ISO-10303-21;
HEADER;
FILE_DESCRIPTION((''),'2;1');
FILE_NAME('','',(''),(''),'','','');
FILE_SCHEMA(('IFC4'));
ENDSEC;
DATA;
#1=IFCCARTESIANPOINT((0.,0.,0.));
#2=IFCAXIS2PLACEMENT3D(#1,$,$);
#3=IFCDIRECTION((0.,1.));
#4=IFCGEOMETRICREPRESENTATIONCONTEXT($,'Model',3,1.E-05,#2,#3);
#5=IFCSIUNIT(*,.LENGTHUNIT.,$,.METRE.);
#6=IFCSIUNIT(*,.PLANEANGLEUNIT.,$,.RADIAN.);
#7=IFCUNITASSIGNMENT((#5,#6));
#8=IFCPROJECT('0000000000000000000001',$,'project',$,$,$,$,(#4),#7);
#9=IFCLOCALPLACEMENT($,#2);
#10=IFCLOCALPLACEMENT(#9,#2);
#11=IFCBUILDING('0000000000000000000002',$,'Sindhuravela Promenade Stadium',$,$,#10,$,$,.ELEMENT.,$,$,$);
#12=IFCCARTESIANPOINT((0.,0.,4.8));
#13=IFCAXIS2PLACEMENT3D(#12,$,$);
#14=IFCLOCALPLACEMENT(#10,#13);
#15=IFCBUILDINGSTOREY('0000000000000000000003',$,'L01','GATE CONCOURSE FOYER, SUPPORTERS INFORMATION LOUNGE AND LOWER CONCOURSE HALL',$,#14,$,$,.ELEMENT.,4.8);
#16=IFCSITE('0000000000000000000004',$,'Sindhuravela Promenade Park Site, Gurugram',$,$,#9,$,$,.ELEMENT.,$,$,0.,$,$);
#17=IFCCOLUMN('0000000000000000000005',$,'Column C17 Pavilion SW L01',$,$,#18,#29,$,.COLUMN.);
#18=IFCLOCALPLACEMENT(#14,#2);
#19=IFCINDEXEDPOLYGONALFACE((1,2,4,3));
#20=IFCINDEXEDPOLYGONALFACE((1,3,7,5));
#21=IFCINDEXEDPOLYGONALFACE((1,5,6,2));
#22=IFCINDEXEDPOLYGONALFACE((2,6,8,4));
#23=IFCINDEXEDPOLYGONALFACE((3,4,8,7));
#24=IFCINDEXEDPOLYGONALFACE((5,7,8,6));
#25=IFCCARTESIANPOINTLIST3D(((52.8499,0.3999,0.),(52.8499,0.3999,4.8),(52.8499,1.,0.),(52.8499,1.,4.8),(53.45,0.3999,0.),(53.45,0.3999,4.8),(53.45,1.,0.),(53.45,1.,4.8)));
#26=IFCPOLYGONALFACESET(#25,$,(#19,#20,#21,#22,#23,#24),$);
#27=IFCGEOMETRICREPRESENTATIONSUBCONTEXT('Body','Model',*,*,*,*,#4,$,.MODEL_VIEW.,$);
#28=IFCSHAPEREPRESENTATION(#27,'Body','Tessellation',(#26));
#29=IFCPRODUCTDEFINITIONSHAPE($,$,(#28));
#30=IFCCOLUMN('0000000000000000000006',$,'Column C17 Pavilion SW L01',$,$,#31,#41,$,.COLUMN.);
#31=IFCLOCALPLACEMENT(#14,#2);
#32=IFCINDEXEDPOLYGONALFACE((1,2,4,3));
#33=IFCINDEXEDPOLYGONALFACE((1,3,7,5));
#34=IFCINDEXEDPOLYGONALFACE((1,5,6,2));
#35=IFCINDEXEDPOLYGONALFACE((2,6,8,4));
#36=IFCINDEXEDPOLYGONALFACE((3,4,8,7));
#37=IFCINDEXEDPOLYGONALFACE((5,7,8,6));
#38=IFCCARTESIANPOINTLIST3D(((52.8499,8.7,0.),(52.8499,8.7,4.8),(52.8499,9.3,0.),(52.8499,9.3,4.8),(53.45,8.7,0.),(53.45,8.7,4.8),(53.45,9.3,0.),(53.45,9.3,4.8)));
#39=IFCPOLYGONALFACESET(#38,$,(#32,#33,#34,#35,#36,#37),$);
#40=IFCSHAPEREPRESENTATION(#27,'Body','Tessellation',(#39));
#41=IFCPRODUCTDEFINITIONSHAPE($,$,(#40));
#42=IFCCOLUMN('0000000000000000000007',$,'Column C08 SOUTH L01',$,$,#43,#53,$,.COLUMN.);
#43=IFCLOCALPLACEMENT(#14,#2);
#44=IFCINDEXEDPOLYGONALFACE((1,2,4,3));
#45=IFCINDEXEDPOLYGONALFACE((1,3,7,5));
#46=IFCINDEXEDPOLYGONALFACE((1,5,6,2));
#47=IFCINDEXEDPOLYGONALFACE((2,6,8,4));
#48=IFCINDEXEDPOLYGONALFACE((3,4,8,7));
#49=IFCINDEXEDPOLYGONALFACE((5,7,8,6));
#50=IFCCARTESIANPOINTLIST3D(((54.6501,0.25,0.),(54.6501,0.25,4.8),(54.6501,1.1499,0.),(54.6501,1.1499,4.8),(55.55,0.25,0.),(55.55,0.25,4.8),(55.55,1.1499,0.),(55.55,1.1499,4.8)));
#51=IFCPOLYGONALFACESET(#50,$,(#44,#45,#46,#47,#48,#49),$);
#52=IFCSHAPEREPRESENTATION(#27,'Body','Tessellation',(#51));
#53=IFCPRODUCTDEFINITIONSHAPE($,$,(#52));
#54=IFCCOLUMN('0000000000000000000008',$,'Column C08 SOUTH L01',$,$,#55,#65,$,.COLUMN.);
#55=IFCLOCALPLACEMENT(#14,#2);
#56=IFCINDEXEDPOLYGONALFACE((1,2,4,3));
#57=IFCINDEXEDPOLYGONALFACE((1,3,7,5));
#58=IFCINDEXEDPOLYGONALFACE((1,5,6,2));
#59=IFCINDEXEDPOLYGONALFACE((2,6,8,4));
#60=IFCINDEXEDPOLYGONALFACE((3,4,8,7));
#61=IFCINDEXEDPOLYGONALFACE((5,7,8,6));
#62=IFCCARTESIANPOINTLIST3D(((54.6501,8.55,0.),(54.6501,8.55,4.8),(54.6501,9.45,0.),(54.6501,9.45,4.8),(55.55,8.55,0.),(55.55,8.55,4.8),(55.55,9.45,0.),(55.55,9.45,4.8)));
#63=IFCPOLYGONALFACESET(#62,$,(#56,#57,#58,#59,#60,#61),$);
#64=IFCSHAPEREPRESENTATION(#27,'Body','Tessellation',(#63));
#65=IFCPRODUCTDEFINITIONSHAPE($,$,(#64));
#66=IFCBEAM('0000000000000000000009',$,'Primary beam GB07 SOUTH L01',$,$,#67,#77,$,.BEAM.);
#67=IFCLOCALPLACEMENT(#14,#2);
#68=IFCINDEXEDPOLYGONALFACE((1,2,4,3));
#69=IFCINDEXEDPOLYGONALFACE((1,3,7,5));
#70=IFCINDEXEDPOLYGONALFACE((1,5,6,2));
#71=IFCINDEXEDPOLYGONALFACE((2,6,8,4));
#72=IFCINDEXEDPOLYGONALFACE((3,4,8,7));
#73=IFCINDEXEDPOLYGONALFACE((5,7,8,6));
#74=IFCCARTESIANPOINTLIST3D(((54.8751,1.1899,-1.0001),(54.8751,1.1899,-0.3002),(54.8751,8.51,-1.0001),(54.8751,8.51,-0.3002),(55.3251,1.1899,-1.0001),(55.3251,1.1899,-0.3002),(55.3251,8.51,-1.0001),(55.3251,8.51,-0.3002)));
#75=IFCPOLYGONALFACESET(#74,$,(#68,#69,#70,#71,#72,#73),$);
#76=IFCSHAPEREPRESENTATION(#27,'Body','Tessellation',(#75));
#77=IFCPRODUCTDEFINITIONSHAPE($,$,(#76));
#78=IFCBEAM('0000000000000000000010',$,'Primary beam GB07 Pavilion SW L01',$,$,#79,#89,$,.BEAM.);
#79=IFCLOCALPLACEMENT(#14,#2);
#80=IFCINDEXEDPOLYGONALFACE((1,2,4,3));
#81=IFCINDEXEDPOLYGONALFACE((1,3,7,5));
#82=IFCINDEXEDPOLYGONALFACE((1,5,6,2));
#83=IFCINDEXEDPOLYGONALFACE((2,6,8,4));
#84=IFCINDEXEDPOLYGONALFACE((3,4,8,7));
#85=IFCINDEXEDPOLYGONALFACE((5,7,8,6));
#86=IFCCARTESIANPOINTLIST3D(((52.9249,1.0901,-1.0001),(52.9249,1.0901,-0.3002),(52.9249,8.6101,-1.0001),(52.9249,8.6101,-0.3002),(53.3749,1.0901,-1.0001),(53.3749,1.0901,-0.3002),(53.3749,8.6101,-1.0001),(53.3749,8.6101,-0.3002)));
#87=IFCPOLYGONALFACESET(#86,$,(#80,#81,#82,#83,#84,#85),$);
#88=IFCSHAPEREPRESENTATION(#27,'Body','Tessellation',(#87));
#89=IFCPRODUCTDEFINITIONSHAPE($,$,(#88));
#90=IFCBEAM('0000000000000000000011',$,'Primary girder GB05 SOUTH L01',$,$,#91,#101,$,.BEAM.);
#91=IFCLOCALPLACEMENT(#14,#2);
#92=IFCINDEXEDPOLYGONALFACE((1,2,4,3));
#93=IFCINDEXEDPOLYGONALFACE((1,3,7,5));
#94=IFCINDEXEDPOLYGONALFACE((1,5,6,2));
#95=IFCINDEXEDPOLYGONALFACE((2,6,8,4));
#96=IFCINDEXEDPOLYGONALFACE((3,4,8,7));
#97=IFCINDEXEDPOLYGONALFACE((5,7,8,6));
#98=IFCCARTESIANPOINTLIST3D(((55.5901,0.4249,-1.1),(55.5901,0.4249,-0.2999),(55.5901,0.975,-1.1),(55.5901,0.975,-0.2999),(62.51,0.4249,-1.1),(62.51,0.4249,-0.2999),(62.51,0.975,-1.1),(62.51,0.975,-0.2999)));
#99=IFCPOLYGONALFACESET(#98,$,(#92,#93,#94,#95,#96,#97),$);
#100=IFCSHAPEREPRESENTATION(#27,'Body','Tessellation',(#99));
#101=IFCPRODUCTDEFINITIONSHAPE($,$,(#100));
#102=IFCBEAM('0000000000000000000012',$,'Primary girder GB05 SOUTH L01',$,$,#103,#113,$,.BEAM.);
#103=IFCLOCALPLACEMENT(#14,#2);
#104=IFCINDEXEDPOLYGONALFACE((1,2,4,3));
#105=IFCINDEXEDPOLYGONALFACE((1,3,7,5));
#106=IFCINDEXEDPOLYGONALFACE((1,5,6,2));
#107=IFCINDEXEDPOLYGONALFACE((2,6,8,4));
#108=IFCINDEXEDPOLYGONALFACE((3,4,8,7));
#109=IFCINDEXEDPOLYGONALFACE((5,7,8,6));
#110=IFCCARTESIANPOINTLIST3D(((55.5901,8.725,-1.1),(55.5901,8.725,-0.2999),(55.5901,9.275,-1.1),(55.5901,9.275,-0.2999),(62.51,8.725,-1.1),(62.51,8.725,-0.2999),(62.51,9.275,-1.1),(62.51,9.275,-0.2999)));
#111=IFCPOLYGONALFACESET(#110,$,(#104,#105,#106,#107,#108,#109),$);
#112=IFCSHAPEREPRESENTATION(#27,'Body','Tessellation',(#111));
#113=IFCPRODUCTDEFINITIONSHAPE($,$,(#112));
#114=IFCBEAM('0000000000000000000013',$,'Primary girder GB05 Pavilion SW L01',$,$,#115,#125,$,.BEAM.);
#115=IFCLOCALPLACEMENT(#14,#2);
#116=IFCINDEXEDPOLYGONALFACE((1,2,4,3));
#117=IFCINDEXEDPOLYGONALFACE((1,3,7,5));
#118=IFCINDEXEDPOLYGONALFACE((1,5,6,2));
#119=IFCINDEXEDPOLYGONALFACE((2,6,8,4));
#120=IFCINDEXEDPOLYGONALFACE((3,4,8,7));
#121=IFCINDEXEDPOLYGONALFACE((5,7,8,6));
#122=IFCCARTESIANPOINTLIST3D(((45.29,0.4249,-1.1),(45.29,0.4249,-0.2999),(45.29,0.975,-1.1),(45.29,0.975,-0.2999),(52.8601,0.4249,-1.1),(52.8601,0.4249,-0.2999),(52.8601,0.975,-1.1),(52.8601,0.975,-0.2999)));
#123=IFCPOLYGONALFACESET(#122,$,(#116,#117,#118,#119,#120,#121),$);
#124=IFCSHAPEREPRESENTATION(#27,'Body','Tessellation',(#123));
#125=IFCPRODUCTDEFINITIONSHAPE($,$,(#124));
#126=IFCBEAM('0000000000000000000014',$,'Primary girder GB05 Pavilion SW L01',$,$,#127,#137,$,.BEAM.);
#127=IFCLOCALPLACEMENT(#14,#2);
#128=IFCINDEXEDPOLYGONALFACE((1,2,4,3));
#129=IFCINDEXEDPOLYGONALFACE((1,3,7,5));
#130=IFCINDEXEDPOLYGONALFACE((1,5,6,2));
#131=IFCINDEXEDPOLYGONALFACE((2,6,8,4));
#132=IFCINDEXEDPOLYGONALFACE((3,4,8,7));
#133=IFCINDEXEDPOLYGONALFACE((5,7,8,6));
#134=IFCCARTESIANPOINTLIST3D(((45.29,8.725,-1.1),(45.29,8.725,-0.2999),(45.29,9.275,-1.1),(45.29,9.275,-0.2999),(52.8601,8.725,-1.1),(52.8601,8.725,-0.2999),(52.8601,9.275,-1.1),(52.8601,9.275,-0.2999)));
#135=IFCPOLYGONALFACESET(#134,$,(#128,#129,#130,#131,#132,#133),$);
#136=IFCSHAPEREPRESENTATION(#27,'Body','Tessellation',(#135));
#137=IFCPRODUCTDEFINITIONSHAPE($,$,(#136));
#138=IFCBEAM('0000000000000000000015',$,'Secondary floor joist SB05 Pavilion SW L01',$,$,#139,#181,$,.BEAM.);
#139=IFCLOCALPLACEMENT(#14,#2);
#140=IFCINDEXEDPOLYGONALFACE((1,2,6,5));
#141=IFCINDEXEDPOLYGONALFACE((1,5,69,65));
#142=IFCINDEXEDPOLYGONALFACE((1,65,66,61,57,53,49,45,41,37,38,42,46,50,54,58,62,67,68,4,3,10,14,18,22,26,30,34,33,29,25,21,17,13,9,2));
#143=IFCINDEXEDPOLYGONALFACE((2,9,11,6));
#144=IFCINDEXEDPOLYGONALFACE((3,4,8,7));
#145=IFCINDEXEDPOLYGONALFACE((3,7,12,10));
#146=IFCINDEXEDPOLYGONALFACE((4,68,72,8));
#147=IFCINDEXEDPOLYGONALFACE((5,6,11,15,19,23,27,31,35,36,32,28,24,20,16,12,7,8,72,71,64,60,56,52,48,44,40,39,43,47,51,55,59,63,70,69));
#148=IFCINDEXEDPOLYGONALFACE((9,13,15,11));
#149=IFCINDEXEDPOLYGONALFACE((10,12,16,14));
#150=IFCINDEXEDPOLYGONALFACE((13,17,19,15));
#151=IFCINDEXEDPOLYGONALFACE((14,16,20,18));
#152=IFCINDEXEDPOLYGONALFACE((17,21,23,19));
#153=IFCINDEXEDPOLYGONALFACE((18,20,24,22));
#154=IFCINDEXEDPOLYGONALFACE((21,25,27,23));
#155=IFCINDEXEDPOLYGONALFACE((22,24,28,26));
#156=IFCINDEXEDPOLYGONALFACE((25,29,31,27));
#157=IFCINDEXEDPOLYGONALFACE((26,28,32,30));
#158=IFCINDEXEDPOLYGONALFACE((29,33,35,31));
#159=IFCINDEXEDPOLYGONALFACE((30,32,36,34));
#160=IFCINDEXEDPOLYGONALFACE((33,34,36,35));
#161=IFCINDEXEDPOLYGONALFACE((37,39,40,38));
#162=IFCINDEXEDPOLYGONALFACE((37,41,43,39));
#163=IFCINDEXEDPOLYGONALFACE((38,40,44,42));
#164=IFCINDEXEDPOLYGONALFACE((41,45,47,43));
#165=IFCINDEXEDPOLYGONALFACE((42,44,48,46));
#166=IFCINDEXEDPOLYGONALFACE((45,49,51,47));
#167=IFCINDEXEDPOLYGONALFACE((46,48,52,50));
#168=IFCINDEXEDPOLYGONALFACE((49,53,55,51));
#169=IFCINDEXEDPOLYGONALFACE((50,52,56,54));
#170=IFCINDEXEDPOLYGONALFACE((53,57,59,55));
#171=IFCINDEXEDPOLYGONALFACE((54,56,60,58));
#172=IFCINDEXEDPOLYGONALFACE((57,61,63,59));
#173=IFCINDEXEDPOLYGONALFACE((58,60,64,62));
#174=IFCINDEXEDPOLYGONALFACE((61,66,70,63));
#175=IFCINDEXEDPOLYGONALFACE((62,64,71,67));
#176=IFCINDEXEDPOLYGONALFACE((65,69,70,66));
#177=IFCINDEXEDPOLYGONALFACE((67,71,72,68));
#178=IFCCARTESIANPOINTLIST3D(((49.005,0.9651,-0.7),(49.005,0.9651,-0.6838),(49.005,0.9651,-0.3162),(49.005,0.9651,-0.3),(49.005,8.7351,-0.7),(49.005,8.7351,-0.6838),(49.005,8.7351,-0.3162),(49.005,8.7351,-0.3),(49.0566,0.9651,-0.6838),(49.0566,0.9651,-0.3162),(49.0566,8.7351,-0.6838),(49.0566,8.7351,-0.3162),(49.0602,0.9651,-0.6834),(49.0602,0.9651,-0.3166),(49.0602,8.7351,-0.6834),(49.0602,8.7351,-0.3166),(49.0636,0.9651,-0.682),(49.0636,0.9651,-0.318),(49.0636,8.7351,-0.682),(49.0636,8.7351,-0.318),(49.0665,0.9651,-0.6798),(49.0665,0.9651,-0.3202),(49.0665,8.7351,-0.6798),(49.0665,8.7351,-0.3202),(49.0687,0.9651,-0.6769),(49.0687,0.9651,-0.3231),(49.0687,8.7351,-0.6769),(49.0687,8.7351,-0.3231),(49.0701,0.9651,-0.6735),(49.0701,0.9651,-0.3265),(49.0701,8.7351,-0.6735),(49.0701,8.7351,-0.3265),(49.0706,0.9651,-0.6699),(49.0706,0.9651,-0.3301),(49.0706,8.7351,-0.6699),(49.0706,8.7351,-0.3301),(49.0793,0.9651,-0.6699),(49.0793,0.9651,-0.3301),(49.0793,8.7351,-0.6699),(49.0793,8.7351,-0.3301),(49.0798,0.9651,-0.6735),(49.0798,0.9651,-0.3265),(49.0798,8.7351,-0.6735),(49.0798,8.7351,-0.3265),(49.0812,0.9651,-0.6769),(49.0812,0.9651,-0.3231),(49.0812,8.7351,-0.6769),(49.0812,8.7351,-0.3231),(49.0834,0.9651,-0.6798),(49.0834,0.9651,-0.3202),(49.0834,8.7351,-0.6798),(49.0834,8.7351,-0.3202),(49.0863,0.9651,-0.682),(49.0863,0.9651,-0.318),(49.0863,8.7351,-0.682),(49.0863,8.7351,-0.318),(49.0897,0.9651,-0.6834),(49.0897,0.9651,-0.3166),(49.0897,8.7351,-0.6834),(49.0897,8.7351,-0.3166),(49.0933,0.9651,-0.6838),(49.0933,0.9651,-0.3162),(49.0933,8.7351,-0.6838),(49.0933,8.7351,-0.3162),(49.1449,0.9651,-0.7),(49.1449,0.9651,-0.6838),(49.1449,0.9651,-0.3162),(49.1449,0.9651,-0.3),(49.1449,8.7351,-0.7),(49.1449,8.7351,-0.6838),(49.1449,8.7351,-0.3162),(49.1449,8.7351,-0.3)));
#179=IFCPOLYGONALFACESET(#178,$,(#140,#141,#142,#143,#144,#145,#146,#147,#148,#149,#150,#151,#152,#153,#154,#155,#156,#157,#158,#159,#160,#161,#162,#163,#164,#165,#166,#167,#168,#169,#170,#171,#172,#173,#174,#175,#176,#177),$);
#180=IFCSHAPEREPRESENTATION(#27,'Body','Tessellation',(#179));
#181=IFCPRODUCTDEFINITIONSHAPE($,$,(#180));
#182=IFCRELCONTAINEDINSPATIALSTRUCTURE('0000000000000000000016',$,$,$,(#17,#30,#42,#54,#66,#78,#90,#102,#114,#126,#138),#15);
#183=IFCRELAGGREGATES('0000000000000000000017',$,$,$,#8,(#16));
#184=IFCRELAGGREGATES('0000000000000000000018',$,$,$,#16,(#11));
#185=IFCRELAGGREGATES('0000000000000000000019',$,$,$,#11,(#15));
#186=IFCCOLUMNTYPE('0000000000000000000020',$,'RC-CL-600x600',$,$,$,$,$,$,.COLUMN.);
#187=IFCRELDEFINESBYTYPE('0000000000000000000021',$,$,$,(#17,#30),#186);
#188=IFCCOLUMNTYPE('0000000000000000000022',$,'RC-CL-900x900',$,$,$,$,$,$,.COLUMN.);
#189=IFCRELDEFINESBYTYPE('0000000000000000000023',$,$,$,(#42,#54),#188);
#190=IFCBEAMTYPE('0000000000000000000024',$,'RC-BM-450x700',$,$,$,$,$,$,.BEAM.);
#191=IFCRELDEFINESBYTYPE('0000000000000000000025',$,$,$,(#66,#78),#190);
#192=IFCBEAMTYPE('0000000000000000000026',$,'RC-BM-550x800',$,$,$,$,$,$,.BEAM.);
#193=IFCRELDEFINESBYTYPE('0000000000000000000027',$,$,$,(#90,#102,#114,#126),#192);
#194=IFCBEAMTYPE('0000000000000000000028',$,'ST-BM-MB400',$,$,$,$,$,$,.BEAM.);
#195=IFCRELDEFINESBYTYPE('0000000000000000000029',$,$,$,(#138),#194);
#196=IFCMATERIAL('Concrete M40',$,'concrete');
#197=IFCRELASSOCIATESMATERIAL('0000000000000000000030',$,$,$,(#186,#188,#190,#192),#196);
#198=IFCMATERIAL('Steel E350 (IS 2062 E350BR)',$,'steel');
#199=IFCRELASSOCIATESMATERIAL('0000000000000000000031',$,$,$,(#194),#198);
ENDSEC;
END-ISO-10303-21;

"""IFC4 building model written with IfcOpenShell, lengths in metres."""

from ifc_helpers import new_model, si_unit, direction, frame, origin, origin_2d, place, context, subcontext, project, spatial, rectangle, i_section, extrude, material, material_profile, profile_set, type_object, element, save


model = new_model("IFC4")

# Units and contexts
model_context = context("Model", 3, precision=1e-05, world=origin(), true_north=direction((0.0, 1.0)))
body_context = subcontext(model_context, "Body", "Model", "MODEL_VIEW")
ifc_project = project(units=[si_unit("LENGTHUNIT", "METRE"), si_unit("PLANEANGLEUNIT", "RADIAN")], contexts=[model_context])

# Site, building, storey
site_placement = place(None, origin())
site = spatial("IfcSite", under=ifc_project, at=site_placement, Name="Sindhuravela Promenade Park Site, Gurugram", CompositionType="ELEMENT", RefElevation=0.0)
building_placement = place(site_placement, origin())
building = spatial("IfcBuilding", under=site, at=building_placement, Name="Sindhuravela Promenade Stadium", CompositionType="ELEMENT")
storey_placement = place(building_placement, frame((0.0, 0.0, 4.8)))
storey = spatial("IfcBuildingStorey", under=building, at=storey_placement, Name="L01", Description="GATE CONCOURSE FOYER, SUPPORTERS INFORMATION LOUNGE AND LOWER CONCOURSE HALL", CompositionType="ELEMENT", Elevation=4.8)

# Columns
ifc_material_1 = material(Name="Concrete M40", Category="concrete")
ifc_material_profile_1 = material_profile(ifc_material_1, rectangle(XDim=0.6001, YDim=0.6001, at=origin_2d()), Name="RC 600x600")
ifc_profile_set_1 = profile_set([ifc_material_profile_1], Name="Concrete M40")
column_type_1 = type_object("IfcColumnType", Name="RC-CL-600x600", PredefinedType="COLUMN", material=ifc_profile_set_1)
for number, where, z_axis, x_axis, name in (
    (1, (53.1499, 0.7, 0.0), (0.0, 0.0, 1.0), (1.0, 0.0, 0.0), "Column C17 Pavilion SW L01"),
    (2, (53.1499, 9.0, 0.0), (0.0, 0.0, 1.0), (1.0, 0.0, 0.0), "Column C17 Pavilion SW L01"),
):
    element("IfcColumn", number, at=place(storey_placement, frame(where, z_axis=z_axis, x_axis=x_axis)), inside=storey, type_object=column_type_1, Name=name, PredefinedType="COLUMN", context=body_context, shape_type="SweptSolid", body=[
        extrude(rectangle(XDim=0.6001, YDim=0.6001, at=origin_2d()), origin(), (0.0, 0.0, 1.0), 4.8),
    ])
ifc_material_profile_2 = material_profile(ifc_material_1, rectangle(XDim=0.8999, YDim=0.8999, at=origin_2d()), Name="RC 900x900")
ifc_profile_set_2 = profile_set([ifc_material_profile_2], Name="Concrete M40")
column_type_2 = type_object("IfcColumnType", Name="RC-CL-900x900", PredefinedType="COLUMN", material=ifc_profile_set_2)
for number, where, z_axis, x_axis, name in (
    (3, (55.1001, 0.7, 0.0), (0.0, 0.0, 1.0), (1.0, 0.0, 0.0), "Column C08 SOUTH L01"),
    (4, (55.1001, 9.0, 0.0), (0.0, 0.0, 1.0), (1.0, 0.0, 0.0), "Column C08 SOUTH L01"),
):
    element("IfcColumn", number, at=place(storey_placement, frame(where, z_axis=z_axis, x_axis=x_axis)), inside=storey, type_object=column_type_2, Name=name, PredefinedType="COLUMN", context=body_context, shape_type="SweptSolid", body=[
        extrude(rectangle(XDim=0.8999, YDim=0.8999, at=origin_2d()), origin(), (0.0, 0.0, 1.0), 4.8),
    ])

# Beams
ifc_material_profile_3 = material_profile(ifc_material_1, rectangle(XDim=0.45, YDim=0.7, at=origin_2d()), Name="RC 450x700")
ifc_profile_set_3 = profile_set([ifc_material_profile_3], Name="Concrete M40")
beam_type_1 = type_object("IfcBeamType", Name="RC-BM-450x700", PredefinedType="BEAM", material=ifc_profile_set_3)
beam_1_placement = place(storey_placement, frame((55.1001, 1.1899, -0.6501), z_axis=(0.0, 1.0, 0.0), x_axis=(-1.0, 0.0, 0.0)))
element("IfcBeam", 5, at=beam_1_placement, inside=storey, type_object=beam_type_1, Name="Primary beam GB07 SOUTH L01", PredefinedType="BEAM", context=body_context, shape_type="SweptSolid", body=[
    extrude(rectangle(XDim=0.45, YDim=0.7, at=origin_2d()), origin(), (0.0, 0.0, 1.0), 7.3201),
])
beam_2_placement = place(storey_placement, frame((53.1499, 1.0901, -0.6501), z_axis=(0.0, 1.0, 0.0), x_axis=(-1.0, 0.0, 0.0)))
element("IfcBeam", 6, at=beam_2_placement, inside=storey, type_object=beam_type_1, Name="Primary beam GB07 Pavilion SW L01", PredefinedType="BEAM", context=body_context, shape_type="SweptSolid", body=[
    extrude(rectangle(XDim=0.45, YDim=0.7, at=origin_2d()), origin(), (0.0, 0.0, 1.0), 7.52),
])
ifc_material_profile_4 = material_profile(ifc_material_1, rectangle(XDim=0.55, YDim=0.8, at=origin_2d()), Name="RC 550x800")
ifc_profile_set_4 = profile_set([ifc_material_profile_4], Name="Concrete M40")
beam_type_2 = type_object("IfcBeamType", Name="RC-BM-550x800", PredefinedType="BEAM", material=ifc_profile_set_4)
for number, where, z_axis, x_axis, name in (
    (7, (55.5901, 0.7, -0.7), (1.0, 0.0, 0.0), (0.0, 1.0, 0.0), "Primary girder GB05 SOUTH L01"),
    (8, (55.5901, 9.0, -0.7), (1.0, 0.0, 0.0), (0.0, 1.0, 0.0), "Primary girder GB05 SOUTH L01"),
):
    element("IfcBeam", number, at=place(storey_placement, frame(where, z_axis=z_axis, x_axis=x_axis)), inside=storey, type_object=beam_type_2, Name=name, PredefinedType="BEAM", context=body_context, shape_type="SweptSolid", body=[
        extrude(rectangle(XDim=0.55, YDim=0.8, at=origin_2d()), origin(), (0.0, 0.0, 1.0), 6.9199),
    ])
for number, where, z_axis, x_axis, name in (
    (9, (45.29, 0.7, -0.7), (1.0, 0.0, 0.0), (0.0, 1.0, 0.0), "Primary girder GB05 Pavilion SW L01"),
    (10, (45.29, 9.0, -0.7), (1.0, 0.0, 0.0), (0.0, 1.0, 0.0), "Primary girder GB05 Pavilion SW L01"),
):
    element("IfcBeam", number, at=place(storey_placement, frame(where, z_axis=z_axis, x_axis=x_axis)), inside=storey, type_object=beam_type_2, Name=name, PredefinedType="BEAM", context=body_context, shape_type="SweptSolid", body=[
        extrude(rectangle(XDim=0.55, YDim=0.8, at=origin_2d()), origin(), (0.0, 0.0, 1.0), 7.5701),
    ])
ifc_material_2 = material(Name="Steel E350 (IS 2062 E350BR)", Category="steel")
ifc_material_profile_5 = material_profile(ifc_material_2, i_section(OverallWidth=0.1399, OverallDepth=0.3999, WebThickness=0.0088, FlangeThickness=0.0161, FilletRadius=0.0139, at=origin_2d()), Name="ISMB 400")
ifc_profile_set_5 = profile_set([ifc_material_profile_5], Name="Steel E350 (IS 2062 E350BR)")
beam_type_3 = type_object("IfcBeamType", Name="ST-BM-MB400", PredefinedType="BEAM", material=ifc_profile_set_5)
beam_3_placement = place(storey_placement, frame((49.075, 0.9651, -0.5), z_axis=(0.0, 1.0, 0.0), x_axis=(-1.0, 0.0, 0.0)))
element("IfcBeam", 11, at=beam_3_placement, inside=storey, type_object=beam_type_3, Name="Secondary floor joist SB05 Pavilion SW L01", PredefinedType="BEAM", context=body_context, shape_type="SweptSolid", body=[
    extrude(i_section(OverallWidth=0.1399, OverallDepth=0.3999, WebThickness=0.0088, FlangeThickness=0.0161, FilletRadius=0.0139, at=origin_2d()), origin(), (0.0, 0.0, 1.0), 7.77),
])

save(model, "model.ifc")
